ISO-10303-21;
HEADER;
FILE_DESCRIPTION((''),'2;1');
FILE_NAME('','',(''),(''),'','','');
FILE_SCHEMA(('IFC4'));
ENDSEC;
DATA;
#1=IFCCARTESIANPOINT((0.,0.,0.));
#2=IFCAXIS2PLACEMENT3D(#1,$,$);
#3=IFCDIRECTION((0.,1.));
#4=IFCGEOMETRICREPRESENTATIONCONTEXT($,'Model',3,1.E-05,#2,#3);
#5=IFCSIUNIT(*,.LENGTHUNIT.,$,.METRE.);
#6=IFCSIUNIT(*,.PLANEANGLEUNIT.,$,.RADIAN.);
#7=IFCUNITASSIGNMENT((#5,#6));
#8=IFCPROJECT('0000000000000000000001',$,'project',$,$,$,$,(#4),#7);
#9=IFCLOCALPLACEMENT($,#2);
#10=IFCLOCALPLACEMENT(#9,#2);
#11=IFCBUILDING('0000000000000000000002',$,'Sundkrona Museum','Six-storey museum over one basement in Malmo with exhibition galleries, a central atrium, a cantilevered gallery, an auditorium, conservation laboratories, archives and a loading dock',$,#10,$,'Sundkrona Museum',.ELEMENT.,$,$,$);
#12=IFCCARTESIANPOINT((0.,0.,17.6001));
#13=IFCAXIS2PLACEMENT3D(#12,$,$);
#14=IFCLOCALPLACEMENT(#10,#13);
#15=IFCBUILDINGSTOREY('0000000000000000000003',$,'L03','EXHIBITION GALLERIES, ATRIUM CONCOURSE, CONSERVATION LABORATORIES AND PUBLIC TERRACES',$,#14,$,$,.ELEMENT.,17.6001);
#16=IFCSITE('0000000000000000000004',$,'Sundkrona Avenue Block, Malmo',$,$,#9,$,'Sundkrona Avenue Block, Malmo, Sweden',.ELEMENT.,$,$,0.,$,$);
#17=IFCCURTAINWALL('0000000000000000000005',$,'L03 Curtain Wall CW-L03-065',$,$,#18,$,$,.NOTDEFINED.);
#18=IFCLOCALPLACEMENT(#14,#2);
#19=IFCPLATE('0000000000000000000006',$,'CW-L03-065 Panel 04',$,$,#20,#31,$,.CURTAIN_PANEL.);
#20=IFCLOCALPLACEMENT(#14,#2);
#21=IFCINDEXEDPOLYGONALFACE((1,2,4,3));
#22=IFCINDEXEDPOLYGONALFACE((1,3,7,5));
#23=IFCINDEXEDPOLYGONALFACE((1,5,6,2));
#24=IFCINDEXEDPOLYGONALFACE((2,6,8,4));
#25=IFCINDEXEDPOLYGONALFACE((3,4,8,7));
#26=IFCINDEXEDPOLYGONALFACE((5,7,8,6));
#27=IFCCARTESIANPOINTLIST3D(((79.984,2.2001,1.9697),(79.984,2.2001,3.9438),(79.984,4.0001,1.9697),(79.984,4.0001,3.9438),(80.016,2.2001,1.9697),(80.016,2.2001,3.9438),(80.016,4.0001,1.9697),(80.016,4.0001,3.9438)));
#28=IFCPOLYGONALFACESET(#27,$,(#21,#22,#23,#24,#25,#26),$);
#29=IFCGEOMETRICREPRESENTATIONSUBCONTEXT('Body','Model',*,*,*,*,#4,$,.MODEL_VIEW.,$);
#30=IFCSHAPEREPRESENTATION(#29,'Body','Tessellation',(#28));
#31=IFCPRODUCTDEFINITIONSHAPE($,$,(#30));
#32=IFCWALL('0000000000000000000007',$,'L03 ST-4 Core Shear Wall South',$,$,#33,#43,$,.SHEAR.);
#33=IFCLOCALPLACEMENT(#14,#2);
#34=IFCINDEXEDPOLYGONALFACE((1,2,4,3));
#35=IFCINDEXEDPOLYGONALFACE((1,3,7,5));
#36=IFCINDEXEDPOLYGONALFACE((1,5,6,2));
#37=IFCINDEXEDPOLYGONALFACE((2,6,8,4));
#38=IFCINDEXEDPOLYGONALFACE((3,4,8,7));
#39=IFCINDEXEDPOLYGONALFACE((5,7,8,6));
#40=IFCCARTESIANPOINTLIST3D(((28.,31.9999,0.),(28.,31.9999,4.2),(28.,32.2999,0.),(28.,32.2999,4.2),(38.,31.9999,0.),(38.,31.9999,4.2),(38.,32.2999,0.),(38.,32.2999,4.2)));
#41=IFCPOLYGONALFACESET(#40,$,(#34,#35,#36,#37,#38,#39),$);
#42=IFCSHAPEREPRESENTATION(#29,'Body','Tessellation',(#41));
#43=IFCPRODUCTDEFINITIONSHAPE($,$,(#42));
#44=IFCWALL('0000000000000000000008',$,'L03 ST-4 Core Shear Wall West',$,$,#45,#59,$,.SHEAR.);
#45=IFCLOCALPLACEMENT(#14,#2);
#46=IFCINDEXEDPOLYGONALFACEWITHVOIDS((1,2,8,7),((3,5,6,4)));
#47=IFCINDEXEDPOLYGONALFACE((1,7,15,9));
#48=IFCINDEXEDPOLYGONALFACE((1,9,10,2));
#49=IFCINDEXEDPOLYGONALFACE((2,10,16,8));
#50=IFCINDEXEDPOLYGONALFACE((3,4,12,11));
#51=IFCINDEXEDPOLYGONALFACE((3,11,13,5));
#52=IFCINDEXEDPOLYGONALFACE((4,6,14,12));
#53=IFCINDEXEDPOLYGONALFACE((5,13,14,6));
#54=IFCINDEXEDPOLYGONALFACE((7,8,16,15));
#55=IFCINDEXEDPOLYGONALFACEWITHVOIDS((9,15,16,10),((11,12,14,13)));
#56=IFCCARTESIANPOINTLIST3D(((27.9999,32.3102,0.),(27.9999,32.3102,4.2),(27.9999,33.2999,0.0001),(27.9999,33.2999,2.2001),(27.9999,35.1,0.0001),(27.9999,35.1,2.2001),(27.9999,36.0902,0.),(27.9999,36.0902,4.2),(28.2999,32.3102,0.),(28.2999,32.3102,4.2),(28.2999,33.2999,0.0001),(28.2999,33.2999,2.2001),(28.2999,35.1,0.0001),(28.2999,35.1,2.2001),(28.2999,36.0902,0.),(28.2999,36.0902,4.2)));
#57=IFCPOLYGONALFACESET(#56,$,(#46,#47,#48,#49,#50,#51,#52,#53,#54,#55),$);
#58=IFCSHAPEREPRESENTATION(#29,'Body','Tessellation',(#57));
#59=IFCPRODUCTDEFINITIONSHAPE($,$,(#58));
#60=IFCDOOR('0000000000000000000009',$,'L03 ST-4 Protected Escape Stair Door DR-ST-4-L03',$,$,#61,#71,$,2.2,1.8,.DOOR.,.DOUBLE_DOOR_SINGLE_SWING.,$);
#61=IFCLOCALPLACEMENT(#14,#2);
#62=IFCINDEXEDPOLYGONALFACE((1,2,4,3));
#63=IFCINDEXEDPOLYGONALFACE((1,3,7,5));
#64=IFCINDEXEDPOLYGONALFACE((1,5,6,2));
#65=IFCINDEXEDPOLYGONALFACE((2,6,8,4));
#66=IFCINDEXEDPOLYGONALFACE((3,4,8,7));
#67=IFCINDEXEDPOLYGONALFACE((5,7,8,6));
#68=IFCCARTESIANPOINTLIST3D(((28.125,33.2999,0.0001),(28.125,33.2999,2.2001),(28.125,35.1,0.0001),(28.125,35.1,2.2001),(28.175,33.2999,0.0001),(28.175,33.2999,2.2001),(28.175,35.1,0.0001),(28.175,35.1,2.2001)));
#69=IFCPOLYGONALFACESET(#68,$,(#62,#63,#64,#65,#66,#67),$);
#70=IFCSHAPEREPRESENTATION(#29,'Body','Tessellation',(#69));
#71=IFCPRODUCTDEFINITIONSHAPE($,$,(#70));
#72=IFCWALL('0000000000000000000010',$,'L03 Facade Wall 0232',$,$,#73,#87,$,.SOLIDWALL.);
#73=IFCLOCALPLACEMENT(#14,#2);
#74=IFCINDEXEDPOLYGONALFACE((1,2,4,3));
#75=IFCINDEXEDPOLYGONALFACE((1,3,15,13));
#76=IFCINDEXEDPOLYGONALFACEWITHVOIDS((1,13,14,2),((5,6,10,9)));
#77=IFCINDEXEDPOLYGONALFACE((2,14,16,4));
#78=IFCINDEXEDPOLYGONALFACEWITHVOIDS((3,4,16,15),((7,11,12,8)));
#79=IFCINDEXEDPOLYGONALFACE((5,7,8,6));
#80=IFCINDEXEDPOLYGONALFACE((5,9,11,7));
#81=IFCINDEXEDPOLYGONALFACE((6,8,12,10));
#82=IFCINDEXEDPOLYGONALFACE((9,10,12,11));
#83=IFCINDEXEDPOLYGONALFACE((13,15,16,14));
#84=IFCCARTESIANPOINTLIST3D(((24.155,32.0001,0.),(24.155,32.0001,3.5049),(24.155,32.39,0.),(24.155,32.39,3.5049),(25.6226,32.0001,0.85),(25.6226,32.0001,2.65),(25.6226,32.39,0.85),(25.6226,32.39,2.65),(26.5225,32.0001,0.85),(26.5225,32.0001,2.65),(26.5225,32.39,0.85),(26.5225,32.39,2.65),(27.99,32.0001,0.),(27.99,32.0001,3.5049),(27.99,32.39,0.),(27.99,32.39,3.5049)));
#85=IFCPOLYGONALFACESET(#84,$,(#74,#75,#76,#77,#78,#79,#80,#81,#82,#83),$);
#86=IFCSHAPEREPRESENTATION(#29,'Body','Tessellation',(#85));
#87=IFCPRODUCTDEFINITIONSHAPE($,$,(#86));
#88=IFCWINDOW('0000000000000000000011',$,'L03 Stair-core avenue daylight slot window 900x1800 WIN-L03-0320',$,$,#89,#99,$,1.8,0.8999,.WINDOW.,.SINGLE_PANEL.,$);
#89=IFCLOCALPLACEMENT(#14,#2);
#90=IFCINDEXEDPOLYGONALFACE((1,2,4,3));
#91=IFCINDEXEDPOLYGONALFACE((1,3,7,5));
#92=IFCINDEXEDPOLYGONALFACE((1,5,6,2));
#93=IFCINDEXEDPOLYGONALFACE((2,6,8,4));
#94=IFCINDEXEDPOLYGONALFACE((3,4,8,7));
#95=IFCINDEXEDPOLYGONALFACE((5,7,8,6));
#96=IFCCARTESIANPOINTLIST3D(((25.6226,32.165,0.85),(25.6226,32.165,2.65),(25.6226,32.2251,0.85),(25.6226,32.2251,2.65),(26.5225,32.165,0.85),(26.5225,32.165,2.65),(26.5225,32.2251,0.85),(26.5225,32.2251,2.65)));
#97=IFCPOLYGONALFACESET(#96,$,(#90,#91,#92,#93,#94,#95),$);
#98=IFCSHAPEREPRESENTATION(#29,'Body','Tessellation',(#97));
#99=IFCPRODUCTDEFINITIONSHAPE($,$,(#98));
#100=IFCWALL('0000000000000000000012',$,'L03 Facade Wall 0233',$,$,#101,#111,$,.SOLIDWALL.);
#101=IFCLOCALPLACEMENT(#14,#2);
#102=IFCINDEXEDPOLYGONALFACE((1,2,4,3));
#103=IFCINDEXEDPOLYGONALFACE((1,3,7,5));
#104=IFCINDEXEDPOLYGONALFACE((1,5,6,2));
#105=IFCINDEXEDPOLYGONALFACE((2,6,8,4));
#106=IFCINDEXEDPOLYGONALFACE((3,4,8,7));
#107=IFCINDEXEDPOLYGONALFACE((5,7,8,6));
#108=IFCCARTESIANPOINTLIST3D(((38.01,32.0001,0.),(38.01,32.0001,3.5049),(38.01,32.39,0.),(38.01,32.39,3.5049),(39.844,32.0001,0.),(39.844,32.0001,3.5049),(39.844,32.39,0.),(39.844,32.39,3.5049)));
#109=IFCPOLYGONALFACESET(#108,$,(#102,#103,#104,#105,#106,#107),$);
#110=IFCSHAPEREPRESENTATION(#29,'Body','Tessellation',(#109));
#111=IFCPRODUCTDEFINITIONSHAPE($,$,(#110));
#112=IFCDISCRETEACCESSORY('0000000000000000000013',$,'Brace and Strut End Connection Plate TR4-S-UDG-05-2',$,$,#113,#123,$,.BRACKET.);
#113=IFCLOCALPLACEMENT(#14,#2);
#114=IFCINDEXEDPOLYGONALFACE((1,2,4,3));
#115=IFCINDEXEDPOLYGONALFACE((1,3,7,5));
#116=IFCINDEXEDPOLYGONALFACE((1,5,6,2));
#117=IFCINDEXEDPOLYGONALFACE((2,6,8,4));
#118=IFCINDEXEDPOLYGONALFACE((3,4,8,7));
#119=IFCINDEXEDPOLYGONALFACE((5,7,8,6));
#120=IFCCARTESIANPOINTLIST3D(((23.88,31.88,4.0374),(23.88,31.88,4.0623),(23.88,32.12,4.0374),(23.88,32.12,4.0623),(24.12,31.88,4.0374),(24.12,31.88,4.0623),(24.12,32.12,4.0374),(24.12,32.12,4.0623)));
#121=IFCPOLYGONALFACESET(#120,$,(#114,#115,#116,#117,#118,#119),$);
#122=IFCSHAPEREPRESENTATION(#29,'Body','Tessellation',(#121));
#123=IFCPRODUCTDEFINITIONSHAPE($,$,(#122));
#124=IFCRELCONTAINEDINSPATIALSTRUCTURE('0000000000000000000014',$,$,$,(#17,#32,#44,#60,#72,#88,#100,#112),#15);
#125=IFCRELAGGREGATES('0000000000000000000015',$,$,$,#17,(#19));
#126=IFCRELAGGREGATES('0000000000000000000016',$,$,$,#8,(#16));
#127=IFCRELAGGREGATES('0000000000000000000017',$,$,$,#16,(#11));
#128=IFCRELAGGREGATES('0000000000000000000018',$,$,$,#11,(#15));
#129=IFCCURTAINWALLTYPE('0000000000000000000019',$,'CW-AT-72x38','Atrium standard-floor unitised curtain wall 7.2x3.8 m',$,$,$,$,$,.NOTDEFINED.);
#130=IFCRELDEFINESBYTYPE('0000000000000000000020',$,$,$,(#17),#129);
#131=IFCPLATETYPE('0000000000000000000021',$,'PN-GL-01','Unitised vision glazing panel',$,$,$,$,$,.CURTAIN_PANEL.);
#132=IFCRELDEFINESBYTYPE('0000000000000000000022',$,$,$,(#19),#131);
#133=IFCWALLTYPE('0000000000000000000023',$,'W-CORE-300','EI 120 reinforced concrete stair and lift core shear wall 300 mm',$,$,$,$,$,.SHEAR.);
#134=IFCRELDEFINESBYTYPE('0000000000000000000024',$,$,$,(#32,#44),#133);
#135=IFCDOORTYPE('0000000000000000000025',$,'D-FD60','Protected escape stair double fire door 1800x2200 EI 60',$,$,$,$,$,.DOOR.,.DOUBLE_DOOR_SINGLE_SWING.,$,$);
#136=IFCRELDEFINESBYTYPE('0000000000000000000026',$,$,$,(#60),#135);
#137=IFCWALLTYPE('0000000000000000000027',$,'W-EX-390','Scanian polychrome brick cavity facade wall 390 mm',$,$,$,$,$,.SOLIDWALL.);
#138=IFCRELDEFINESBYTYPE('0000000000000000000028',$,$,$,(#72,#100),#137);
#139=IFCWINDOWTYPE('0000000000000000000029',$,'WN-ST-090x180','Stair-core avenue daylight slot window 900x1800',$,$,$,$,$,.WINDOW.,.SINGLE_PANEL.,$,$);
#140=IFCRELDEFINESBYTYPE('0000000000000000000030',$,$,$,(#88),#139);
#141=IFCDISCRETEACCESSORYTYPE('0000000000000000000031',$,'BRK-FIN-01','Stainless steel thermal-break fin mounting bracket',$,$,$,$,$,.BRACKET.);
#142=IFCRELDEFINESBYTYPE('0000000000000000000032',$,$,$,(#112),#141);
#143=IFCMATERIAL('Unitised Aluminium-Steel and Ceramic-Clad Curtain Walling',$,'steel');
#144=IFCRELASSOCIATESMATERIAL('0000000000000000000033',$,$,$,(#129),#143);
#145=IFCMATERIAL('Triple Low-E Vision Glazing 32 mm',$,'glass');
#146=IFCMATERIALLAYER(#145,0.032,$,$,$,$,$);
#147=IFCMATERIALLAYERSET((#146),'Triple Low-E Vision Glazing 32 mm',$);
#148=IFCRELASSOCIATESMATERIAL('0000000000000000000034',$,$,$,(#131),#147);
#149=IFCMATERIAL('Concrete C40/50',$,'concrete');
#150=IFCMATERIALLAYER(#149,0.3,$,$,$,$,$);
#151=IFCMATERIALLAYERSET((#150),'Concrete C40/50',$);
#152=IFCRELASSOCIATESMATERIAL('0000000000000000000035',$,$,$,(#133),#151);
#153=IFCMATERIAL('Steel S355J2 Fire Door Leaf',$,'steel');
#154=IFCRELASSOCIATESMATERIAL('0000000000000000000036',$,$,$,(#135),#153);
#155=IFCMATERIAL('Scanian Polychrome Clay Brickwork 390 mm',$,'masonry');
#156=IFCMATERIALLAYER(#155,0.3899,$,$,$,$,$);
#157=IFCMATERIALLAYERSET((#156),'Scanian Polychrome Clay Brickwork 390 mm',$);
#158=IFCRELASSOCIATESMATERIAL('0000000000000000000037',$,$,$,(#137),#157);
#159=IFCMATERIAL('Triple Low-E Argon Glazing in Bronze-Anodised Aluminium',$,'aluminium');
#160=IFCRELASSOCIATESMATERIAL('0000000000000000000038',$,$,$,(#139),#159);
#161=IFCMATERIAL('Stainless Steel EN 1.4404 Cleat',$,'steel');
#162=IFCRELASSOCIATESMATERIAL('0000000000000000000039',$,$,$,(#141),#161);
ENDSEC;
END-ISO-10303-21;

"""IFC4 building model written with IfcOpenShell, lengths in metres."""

from ifc_helpers import new_model, si_unit, direction, frame, frame_2d, origin, origin_2d, place, context, subcontext, project, spatial, rectangle, extrude, material, layer, layer_set, type_object, element, fill, aggregate, save


model = new_model("IFC4")

# Units and contexts
model_context = context("Model", 3, precision=1e-05, world=origin(), true_north=direction((0.0, 1.0)))
body_context = subcontext(model_context, "Body", "Model", "MODEL_VIEW")
ifc_project = project(units=[si_unit("LENGTHUNIT", "METRE"), si_unit("PLANEANGLEUNIT", "RADIAN")], contexts=[model_context])

# Site, building, storey
site_placement = place(None, origin())
site = spatial("IfcSite", under=ifc_project, at=site_placement, Name="Sundkrona Avenue Block, Malmo", LongName="Sundkrona Avenue Block, Malmo, Sweden", CompositionType="ELEMENT", RefElevation=0.0)
building_placement = place(site_placement, origin())
building = spatial("IfcBuilding", under=site, at=building_placement, Name="Sundkrona Museum", Description="Six-storey museum over one basement in Malmo with exhibition galleries, a central atrium, a cantilevered gallery, an auditorium, conservation laboratories, archives and a loading dock", LongName="Sundkrona Museum", CompositionType="ELEMENT")
storey_placement = place(building_placement, frame((0.0, 0.0, 17.6001)))
storey = spatial("IfcBuildingStorey", under=building, at=storey_placement, Name="L03", Description="EXHIBITION GALLERIES, ATRIUM CONCOURSE, CONSERVATION LABORATORIES AND PUBLIC TERRACES", CompositionType="ELEMENT", Elevation=17.6001)

# Curtain wall
ifc_material_1 = material(Name="Unitised Aluminium-Steel and Ceramic-Clad Curtain Walling", Category="steel")
curtain_wall_type = type_object("IfcCurtainWallType", Name="CW-AT-72x38", Description="Atrium standard-floor unitised curtain wall 7.2x3.8 m", PredefinedType="NOTDEFINED", material=ifc_material_1)
curtain_wall_placement = place(storey_placement, origin())
curtain_wall = element("IfcCurtainWall", 1, at=curtain_wall_placement, inside=storey, type_object=curtain_wall_type, Name="L03 Curtain Wall CW-L03-065", PredefinedType="NOTDEFINED")

# Plate
ifc_material_2 = material(Name="Triple Low-E Vision Glazing 32 mm", Category="glass")
ifc_layer_1 = layer(ifc_material_2, 0.032)
ifc_layer_set_1 = layer_set([ifc_layer_1], Name="Triple Low-E Vision Glazing 32 mm")
plate_type_1 = type_object("IfcPlateType", Name="PN-GL-01", Description="Unitised vision glazing panel", PredefinedType="CURTAIN_PANEL", material=ifc_layer_set_1)
plate_1_placement = place(storey_placement, frame((80.0, 3.1001, 1.9697), z_axis=(0.0, 0.0, 1.0), x_axis=(0.0, 1.0, 0.0)))
plate_1 = element("IfcPlate", 2, at=plate_1_placement, type_object=plate_type_1, Name="CW-L03-065 Panel 04", PredefinedType="CURTAIN_PANEL", context=body_context, shape_type="SweptSolid", body=[
    extrude(rectangle(XDim=1.8, YDim=0.032, at=origin_2d()), origin(), (0.0, 0.0, 1.0), 1.9741),
])
aggregate(curtain_wall, [plate_1])

# Wall
ifc_material_3 = material(Name="Concrete C40/50", Category="concrete")
ifc_layer_2 = layer(ifc_material_3, 0.3)
ifc_layer_set_2 = layer_set([ifc_layer_2], Name="Concrete C40/50")
wall_type_1 = type_object("IfcWallType", Name="W-CORE-300", Description="EI 120 reinforced concrete stair and lift core shear wall 300 mm", PredefinedType="SHEAR", material=ifc_layer_set_2)
wall_1_placement = place(storey_placement, frame((28.0, 32.1499, 0.0), z_axis=(0.0, 0.0, 1.0), x_axis=(1.0, 0.0, 0.0)))
element("IfcWall", 3, at=wall_1_placement, inside=storey, type_object=wall_type_1, Name="L03 ST-4 Core Shear Wall South", PredefinedType="SHEAR", context=body_context, shape_type="SweptSolid", body=[
    extrude(rectangle(XDim=10.0, YDim=0.3, at=frame_2d((5.0, 0.0))), origin(), (0.0, 0.0, 1.0), 4.2),
])

# Wall, opening, door
wall_2_placement = place(storey_placement, frame((28.1499, 32.3101, 0.0), z_axis=(0.0, 0.0, 1.0), x_axis=(0.0, 1.0, 0.0)))
wall_2 = element("IfcWall", 4, at=wall_2_placement, inside=storey, type_object=wall_type_1, Name="L03 ST-4 Core Shear Wall West", PredefinedType="SHEAR", context=body_context, shape_type="SweptSolid", body=[
    extrude(rectangle(XDim=3.78, YDim=0.3, at=frame_2d((1.8901, 0.0))), origin(), (0.0, 0.0, 1.0), 4.2),
])
opening_1_placement = place(wall_2_placement, frame((0.99, 0.0, 0.0)))
opening_1 = element("IfcOpeningElement", 5, at=opening_1_placement, cuts=wall_2, PredefinedType="OPENING", context=body_context, shape_type="SweptSolid", body=[
    extrude(rectangle(XDim=1.8, YDim=2.2, at=frame_2d((0.8999, 1.1001))), frame((0.0, 0.1599, 0.0), z_axis=(0.0, -1.0, 0.0), x_axis=(1.0, 0.0, 0.0)), (0.0, 0.0, 1.0), 0.3201),
])
ifc_material_4 = material(Name="Steel S355J2 Fire Door Leaf", Category="steel")
door_type = type_object("IfcDoorType", Name="D-FD60", Description="Protected escape stair double fire door 1800x2200 EI 60", OperationType="DOUBLE_DOOR_SINGLE_SWING", PredefinedType="DOOR", material=ifc_material_4)
door_placement = place(opening_1_placement, origin())
door = element("IfcDoor", 6, at=door_placement, inside=storey, type_object=door_type, Name="L03 ST-4 Protected Escape Stair Door DR-ST-4-L03", OperationType="DOUBLE_DOOR_SINGLE_SWING", OverallHeight=2.2, OverallWidth=1.8, PredefinedType="DOOR", context=body_context, shape_type="SweptSolid", body=[
    extrude(rectangle(XDim=1.8, YDim=2.2, at=frame_2d((0.8999, 1.1001))), frame((0.0, 0.0249, 0.0), z_axis=(0.0, -1.0, 0.0), x_axis=(1.0, 0.0, 0.0)), (0.0, 0.0, 1.0), 0.05),
])
fill(opening_1, door)

# Wall, opening, window
ifc_material_5 = material(Name="Scanian Polychrome Clay Brickwork 390 mm", Category="masonry")
ifc_layer_3 = layer(ifc_material_5, 0.3899)
ifc_layer_set_3 = layer_set([ifc_layer_3], Name="Scanian Polychrome Clay Brickwork 390 mm")
wall_type_2 = type_object("IfcWallType", Name="W-EX-390", Description="Scanian polychrome brick cavity facade wall 390 mm", PredefinedType="SOLIDWALL", material=ifc_layer_set_3)
wall_3_placement = place(storey_placement, frame((27.99, 32.1951, 0.0), z_axis=(0.0, 0.0, 1.0), x_axis=(-1.0, 0.0, 0.0)))
wall_3 = element("IfcWall", 7, at=wall_3_placement, inside=storey, type_object=wall_type_2, Name="L03 Facade Wall 0232", PredefinedType="SOLIDWALL", context=body_context, shape_type="SweptSolid", body=[
    extrude(rectangle(XDim=3.835, YDim=0.3899, at=frame_2d((1.9175, 0.0))), origin(), (0.0, 0.0, 1.0), 3.5049),
])
opening_2_placement = place(wall_3_placement, frame((1.4675, 0.0, 0.8501)))
opening_2 = element("IfcOpeningElement", 8, at=opening_2_placement, cuts=wall_3, PredefinedType="OPENING", context=body_context, shape_type="SweptSolid", body=[
    extrude(rectangle(XDim=0.8999, YDim=1.8, at=frame_2d((0.45, 0.8999))), frame((0.0, 0.2048, 0.0), z_axis=(0.0, -1.0, 0.0), x_axis=(1.0, 0.0, 0.0)), (0.0, 0.0, 1.0), 0.4099),
])
ifc_material_6 = material(Name="Triple Low-E Argon Glazing in Bronze-Anodised Aluminium", Category="aluminium")
window_type = type_object("IfcWindowType", Name="WN-ST-090x180", Description="Stair-core avenue daylight slot window 900x1800", PartitioningType="SINGLE_PANEL", PredefinedType="WINDOW", material=ifc_material_6)
window_placement = place(opening_2_placement, origin())
window = element("IfcWindow", 9, at=window_placement, inside=storey, type_object=window_type, Name="L03 Stair-core avenue daylight slot window 900x1800 WIN-L03-0320", OverallHeight=1.8, OverallWidth=0.8999, PartitioningType="SINGLE_PANEL", PredefinedType="WINDOW", context=body_context, shape_type="SweptSolid", body=[
    extrude(rectangle(XDim=0.8999, YDim=1.8, at=frame_2d((0.45, 0.8999))), frame((0.0, 0.03, 0.0), z_axis=(0.0, -1.0, 0.0), x_axis=(1.0, 0.0, 0.0)), (0.0, 0.0, 1.0), 0.0601),
])
fill(opening_2, window)

# Wall
wall_4_placement = place(storey_placement, frame((39.844, 32.1951, 0.0), z_axis=(0.0, 0.0, 1.0), x_axis=(-1.0, 0.0, 0.0)))
element("IfcWall", 10, at=wall_4_placement, inside=storey, type_object=wall_type_2, Name="L03 Facade Wall 0233", PredefinedType="SOLIDWALL", context=body_context, shape_type="SweptSolid", body=[
    extrude(rectangle(XDim=1.834, YDim=0.3899, at=frame_2d((0.917, 0.0))), origin(), (0.0, 0.0, 1.0), 3.5049),
])

# Discrete accessory
ifc_material_7 = material(Name="Stainless Steel EN 1.4404 Cleat", Category="steel")
discrete_accessory_type = type_object("IfcDiscreteAccessoryType", Name="BRK-FIN-01", Description="Stainless steel thermal-break fin mounting bracket", PredefinedType="BRACKET", material=ifc_material_7)
discrete_accessory_placement = place(storey_placement, frame((24.0, 32.0, 4.0374), z_axis=(0.0, 0.0, 1.0), x_axis=(1.0, 0.0, 0.0)))
element("IfcDiscreteAccessory", 11, at=discrete_accessory_placement, inside=storey, type_object=discrete_accessory_type, Name="Brace and Strut End Connection Plate TR4-S-UDG-05-2", PredefinedType="BRACKET", context=body_context, shape_type="SweptSolid", body=[
    extrude(rectangle(XDim=0.24, YDim=0.24, at=origin_2d()), origin(), (0.0, 0.0, 1.0), 0.0249),
])

save(model, "model.ifc")
